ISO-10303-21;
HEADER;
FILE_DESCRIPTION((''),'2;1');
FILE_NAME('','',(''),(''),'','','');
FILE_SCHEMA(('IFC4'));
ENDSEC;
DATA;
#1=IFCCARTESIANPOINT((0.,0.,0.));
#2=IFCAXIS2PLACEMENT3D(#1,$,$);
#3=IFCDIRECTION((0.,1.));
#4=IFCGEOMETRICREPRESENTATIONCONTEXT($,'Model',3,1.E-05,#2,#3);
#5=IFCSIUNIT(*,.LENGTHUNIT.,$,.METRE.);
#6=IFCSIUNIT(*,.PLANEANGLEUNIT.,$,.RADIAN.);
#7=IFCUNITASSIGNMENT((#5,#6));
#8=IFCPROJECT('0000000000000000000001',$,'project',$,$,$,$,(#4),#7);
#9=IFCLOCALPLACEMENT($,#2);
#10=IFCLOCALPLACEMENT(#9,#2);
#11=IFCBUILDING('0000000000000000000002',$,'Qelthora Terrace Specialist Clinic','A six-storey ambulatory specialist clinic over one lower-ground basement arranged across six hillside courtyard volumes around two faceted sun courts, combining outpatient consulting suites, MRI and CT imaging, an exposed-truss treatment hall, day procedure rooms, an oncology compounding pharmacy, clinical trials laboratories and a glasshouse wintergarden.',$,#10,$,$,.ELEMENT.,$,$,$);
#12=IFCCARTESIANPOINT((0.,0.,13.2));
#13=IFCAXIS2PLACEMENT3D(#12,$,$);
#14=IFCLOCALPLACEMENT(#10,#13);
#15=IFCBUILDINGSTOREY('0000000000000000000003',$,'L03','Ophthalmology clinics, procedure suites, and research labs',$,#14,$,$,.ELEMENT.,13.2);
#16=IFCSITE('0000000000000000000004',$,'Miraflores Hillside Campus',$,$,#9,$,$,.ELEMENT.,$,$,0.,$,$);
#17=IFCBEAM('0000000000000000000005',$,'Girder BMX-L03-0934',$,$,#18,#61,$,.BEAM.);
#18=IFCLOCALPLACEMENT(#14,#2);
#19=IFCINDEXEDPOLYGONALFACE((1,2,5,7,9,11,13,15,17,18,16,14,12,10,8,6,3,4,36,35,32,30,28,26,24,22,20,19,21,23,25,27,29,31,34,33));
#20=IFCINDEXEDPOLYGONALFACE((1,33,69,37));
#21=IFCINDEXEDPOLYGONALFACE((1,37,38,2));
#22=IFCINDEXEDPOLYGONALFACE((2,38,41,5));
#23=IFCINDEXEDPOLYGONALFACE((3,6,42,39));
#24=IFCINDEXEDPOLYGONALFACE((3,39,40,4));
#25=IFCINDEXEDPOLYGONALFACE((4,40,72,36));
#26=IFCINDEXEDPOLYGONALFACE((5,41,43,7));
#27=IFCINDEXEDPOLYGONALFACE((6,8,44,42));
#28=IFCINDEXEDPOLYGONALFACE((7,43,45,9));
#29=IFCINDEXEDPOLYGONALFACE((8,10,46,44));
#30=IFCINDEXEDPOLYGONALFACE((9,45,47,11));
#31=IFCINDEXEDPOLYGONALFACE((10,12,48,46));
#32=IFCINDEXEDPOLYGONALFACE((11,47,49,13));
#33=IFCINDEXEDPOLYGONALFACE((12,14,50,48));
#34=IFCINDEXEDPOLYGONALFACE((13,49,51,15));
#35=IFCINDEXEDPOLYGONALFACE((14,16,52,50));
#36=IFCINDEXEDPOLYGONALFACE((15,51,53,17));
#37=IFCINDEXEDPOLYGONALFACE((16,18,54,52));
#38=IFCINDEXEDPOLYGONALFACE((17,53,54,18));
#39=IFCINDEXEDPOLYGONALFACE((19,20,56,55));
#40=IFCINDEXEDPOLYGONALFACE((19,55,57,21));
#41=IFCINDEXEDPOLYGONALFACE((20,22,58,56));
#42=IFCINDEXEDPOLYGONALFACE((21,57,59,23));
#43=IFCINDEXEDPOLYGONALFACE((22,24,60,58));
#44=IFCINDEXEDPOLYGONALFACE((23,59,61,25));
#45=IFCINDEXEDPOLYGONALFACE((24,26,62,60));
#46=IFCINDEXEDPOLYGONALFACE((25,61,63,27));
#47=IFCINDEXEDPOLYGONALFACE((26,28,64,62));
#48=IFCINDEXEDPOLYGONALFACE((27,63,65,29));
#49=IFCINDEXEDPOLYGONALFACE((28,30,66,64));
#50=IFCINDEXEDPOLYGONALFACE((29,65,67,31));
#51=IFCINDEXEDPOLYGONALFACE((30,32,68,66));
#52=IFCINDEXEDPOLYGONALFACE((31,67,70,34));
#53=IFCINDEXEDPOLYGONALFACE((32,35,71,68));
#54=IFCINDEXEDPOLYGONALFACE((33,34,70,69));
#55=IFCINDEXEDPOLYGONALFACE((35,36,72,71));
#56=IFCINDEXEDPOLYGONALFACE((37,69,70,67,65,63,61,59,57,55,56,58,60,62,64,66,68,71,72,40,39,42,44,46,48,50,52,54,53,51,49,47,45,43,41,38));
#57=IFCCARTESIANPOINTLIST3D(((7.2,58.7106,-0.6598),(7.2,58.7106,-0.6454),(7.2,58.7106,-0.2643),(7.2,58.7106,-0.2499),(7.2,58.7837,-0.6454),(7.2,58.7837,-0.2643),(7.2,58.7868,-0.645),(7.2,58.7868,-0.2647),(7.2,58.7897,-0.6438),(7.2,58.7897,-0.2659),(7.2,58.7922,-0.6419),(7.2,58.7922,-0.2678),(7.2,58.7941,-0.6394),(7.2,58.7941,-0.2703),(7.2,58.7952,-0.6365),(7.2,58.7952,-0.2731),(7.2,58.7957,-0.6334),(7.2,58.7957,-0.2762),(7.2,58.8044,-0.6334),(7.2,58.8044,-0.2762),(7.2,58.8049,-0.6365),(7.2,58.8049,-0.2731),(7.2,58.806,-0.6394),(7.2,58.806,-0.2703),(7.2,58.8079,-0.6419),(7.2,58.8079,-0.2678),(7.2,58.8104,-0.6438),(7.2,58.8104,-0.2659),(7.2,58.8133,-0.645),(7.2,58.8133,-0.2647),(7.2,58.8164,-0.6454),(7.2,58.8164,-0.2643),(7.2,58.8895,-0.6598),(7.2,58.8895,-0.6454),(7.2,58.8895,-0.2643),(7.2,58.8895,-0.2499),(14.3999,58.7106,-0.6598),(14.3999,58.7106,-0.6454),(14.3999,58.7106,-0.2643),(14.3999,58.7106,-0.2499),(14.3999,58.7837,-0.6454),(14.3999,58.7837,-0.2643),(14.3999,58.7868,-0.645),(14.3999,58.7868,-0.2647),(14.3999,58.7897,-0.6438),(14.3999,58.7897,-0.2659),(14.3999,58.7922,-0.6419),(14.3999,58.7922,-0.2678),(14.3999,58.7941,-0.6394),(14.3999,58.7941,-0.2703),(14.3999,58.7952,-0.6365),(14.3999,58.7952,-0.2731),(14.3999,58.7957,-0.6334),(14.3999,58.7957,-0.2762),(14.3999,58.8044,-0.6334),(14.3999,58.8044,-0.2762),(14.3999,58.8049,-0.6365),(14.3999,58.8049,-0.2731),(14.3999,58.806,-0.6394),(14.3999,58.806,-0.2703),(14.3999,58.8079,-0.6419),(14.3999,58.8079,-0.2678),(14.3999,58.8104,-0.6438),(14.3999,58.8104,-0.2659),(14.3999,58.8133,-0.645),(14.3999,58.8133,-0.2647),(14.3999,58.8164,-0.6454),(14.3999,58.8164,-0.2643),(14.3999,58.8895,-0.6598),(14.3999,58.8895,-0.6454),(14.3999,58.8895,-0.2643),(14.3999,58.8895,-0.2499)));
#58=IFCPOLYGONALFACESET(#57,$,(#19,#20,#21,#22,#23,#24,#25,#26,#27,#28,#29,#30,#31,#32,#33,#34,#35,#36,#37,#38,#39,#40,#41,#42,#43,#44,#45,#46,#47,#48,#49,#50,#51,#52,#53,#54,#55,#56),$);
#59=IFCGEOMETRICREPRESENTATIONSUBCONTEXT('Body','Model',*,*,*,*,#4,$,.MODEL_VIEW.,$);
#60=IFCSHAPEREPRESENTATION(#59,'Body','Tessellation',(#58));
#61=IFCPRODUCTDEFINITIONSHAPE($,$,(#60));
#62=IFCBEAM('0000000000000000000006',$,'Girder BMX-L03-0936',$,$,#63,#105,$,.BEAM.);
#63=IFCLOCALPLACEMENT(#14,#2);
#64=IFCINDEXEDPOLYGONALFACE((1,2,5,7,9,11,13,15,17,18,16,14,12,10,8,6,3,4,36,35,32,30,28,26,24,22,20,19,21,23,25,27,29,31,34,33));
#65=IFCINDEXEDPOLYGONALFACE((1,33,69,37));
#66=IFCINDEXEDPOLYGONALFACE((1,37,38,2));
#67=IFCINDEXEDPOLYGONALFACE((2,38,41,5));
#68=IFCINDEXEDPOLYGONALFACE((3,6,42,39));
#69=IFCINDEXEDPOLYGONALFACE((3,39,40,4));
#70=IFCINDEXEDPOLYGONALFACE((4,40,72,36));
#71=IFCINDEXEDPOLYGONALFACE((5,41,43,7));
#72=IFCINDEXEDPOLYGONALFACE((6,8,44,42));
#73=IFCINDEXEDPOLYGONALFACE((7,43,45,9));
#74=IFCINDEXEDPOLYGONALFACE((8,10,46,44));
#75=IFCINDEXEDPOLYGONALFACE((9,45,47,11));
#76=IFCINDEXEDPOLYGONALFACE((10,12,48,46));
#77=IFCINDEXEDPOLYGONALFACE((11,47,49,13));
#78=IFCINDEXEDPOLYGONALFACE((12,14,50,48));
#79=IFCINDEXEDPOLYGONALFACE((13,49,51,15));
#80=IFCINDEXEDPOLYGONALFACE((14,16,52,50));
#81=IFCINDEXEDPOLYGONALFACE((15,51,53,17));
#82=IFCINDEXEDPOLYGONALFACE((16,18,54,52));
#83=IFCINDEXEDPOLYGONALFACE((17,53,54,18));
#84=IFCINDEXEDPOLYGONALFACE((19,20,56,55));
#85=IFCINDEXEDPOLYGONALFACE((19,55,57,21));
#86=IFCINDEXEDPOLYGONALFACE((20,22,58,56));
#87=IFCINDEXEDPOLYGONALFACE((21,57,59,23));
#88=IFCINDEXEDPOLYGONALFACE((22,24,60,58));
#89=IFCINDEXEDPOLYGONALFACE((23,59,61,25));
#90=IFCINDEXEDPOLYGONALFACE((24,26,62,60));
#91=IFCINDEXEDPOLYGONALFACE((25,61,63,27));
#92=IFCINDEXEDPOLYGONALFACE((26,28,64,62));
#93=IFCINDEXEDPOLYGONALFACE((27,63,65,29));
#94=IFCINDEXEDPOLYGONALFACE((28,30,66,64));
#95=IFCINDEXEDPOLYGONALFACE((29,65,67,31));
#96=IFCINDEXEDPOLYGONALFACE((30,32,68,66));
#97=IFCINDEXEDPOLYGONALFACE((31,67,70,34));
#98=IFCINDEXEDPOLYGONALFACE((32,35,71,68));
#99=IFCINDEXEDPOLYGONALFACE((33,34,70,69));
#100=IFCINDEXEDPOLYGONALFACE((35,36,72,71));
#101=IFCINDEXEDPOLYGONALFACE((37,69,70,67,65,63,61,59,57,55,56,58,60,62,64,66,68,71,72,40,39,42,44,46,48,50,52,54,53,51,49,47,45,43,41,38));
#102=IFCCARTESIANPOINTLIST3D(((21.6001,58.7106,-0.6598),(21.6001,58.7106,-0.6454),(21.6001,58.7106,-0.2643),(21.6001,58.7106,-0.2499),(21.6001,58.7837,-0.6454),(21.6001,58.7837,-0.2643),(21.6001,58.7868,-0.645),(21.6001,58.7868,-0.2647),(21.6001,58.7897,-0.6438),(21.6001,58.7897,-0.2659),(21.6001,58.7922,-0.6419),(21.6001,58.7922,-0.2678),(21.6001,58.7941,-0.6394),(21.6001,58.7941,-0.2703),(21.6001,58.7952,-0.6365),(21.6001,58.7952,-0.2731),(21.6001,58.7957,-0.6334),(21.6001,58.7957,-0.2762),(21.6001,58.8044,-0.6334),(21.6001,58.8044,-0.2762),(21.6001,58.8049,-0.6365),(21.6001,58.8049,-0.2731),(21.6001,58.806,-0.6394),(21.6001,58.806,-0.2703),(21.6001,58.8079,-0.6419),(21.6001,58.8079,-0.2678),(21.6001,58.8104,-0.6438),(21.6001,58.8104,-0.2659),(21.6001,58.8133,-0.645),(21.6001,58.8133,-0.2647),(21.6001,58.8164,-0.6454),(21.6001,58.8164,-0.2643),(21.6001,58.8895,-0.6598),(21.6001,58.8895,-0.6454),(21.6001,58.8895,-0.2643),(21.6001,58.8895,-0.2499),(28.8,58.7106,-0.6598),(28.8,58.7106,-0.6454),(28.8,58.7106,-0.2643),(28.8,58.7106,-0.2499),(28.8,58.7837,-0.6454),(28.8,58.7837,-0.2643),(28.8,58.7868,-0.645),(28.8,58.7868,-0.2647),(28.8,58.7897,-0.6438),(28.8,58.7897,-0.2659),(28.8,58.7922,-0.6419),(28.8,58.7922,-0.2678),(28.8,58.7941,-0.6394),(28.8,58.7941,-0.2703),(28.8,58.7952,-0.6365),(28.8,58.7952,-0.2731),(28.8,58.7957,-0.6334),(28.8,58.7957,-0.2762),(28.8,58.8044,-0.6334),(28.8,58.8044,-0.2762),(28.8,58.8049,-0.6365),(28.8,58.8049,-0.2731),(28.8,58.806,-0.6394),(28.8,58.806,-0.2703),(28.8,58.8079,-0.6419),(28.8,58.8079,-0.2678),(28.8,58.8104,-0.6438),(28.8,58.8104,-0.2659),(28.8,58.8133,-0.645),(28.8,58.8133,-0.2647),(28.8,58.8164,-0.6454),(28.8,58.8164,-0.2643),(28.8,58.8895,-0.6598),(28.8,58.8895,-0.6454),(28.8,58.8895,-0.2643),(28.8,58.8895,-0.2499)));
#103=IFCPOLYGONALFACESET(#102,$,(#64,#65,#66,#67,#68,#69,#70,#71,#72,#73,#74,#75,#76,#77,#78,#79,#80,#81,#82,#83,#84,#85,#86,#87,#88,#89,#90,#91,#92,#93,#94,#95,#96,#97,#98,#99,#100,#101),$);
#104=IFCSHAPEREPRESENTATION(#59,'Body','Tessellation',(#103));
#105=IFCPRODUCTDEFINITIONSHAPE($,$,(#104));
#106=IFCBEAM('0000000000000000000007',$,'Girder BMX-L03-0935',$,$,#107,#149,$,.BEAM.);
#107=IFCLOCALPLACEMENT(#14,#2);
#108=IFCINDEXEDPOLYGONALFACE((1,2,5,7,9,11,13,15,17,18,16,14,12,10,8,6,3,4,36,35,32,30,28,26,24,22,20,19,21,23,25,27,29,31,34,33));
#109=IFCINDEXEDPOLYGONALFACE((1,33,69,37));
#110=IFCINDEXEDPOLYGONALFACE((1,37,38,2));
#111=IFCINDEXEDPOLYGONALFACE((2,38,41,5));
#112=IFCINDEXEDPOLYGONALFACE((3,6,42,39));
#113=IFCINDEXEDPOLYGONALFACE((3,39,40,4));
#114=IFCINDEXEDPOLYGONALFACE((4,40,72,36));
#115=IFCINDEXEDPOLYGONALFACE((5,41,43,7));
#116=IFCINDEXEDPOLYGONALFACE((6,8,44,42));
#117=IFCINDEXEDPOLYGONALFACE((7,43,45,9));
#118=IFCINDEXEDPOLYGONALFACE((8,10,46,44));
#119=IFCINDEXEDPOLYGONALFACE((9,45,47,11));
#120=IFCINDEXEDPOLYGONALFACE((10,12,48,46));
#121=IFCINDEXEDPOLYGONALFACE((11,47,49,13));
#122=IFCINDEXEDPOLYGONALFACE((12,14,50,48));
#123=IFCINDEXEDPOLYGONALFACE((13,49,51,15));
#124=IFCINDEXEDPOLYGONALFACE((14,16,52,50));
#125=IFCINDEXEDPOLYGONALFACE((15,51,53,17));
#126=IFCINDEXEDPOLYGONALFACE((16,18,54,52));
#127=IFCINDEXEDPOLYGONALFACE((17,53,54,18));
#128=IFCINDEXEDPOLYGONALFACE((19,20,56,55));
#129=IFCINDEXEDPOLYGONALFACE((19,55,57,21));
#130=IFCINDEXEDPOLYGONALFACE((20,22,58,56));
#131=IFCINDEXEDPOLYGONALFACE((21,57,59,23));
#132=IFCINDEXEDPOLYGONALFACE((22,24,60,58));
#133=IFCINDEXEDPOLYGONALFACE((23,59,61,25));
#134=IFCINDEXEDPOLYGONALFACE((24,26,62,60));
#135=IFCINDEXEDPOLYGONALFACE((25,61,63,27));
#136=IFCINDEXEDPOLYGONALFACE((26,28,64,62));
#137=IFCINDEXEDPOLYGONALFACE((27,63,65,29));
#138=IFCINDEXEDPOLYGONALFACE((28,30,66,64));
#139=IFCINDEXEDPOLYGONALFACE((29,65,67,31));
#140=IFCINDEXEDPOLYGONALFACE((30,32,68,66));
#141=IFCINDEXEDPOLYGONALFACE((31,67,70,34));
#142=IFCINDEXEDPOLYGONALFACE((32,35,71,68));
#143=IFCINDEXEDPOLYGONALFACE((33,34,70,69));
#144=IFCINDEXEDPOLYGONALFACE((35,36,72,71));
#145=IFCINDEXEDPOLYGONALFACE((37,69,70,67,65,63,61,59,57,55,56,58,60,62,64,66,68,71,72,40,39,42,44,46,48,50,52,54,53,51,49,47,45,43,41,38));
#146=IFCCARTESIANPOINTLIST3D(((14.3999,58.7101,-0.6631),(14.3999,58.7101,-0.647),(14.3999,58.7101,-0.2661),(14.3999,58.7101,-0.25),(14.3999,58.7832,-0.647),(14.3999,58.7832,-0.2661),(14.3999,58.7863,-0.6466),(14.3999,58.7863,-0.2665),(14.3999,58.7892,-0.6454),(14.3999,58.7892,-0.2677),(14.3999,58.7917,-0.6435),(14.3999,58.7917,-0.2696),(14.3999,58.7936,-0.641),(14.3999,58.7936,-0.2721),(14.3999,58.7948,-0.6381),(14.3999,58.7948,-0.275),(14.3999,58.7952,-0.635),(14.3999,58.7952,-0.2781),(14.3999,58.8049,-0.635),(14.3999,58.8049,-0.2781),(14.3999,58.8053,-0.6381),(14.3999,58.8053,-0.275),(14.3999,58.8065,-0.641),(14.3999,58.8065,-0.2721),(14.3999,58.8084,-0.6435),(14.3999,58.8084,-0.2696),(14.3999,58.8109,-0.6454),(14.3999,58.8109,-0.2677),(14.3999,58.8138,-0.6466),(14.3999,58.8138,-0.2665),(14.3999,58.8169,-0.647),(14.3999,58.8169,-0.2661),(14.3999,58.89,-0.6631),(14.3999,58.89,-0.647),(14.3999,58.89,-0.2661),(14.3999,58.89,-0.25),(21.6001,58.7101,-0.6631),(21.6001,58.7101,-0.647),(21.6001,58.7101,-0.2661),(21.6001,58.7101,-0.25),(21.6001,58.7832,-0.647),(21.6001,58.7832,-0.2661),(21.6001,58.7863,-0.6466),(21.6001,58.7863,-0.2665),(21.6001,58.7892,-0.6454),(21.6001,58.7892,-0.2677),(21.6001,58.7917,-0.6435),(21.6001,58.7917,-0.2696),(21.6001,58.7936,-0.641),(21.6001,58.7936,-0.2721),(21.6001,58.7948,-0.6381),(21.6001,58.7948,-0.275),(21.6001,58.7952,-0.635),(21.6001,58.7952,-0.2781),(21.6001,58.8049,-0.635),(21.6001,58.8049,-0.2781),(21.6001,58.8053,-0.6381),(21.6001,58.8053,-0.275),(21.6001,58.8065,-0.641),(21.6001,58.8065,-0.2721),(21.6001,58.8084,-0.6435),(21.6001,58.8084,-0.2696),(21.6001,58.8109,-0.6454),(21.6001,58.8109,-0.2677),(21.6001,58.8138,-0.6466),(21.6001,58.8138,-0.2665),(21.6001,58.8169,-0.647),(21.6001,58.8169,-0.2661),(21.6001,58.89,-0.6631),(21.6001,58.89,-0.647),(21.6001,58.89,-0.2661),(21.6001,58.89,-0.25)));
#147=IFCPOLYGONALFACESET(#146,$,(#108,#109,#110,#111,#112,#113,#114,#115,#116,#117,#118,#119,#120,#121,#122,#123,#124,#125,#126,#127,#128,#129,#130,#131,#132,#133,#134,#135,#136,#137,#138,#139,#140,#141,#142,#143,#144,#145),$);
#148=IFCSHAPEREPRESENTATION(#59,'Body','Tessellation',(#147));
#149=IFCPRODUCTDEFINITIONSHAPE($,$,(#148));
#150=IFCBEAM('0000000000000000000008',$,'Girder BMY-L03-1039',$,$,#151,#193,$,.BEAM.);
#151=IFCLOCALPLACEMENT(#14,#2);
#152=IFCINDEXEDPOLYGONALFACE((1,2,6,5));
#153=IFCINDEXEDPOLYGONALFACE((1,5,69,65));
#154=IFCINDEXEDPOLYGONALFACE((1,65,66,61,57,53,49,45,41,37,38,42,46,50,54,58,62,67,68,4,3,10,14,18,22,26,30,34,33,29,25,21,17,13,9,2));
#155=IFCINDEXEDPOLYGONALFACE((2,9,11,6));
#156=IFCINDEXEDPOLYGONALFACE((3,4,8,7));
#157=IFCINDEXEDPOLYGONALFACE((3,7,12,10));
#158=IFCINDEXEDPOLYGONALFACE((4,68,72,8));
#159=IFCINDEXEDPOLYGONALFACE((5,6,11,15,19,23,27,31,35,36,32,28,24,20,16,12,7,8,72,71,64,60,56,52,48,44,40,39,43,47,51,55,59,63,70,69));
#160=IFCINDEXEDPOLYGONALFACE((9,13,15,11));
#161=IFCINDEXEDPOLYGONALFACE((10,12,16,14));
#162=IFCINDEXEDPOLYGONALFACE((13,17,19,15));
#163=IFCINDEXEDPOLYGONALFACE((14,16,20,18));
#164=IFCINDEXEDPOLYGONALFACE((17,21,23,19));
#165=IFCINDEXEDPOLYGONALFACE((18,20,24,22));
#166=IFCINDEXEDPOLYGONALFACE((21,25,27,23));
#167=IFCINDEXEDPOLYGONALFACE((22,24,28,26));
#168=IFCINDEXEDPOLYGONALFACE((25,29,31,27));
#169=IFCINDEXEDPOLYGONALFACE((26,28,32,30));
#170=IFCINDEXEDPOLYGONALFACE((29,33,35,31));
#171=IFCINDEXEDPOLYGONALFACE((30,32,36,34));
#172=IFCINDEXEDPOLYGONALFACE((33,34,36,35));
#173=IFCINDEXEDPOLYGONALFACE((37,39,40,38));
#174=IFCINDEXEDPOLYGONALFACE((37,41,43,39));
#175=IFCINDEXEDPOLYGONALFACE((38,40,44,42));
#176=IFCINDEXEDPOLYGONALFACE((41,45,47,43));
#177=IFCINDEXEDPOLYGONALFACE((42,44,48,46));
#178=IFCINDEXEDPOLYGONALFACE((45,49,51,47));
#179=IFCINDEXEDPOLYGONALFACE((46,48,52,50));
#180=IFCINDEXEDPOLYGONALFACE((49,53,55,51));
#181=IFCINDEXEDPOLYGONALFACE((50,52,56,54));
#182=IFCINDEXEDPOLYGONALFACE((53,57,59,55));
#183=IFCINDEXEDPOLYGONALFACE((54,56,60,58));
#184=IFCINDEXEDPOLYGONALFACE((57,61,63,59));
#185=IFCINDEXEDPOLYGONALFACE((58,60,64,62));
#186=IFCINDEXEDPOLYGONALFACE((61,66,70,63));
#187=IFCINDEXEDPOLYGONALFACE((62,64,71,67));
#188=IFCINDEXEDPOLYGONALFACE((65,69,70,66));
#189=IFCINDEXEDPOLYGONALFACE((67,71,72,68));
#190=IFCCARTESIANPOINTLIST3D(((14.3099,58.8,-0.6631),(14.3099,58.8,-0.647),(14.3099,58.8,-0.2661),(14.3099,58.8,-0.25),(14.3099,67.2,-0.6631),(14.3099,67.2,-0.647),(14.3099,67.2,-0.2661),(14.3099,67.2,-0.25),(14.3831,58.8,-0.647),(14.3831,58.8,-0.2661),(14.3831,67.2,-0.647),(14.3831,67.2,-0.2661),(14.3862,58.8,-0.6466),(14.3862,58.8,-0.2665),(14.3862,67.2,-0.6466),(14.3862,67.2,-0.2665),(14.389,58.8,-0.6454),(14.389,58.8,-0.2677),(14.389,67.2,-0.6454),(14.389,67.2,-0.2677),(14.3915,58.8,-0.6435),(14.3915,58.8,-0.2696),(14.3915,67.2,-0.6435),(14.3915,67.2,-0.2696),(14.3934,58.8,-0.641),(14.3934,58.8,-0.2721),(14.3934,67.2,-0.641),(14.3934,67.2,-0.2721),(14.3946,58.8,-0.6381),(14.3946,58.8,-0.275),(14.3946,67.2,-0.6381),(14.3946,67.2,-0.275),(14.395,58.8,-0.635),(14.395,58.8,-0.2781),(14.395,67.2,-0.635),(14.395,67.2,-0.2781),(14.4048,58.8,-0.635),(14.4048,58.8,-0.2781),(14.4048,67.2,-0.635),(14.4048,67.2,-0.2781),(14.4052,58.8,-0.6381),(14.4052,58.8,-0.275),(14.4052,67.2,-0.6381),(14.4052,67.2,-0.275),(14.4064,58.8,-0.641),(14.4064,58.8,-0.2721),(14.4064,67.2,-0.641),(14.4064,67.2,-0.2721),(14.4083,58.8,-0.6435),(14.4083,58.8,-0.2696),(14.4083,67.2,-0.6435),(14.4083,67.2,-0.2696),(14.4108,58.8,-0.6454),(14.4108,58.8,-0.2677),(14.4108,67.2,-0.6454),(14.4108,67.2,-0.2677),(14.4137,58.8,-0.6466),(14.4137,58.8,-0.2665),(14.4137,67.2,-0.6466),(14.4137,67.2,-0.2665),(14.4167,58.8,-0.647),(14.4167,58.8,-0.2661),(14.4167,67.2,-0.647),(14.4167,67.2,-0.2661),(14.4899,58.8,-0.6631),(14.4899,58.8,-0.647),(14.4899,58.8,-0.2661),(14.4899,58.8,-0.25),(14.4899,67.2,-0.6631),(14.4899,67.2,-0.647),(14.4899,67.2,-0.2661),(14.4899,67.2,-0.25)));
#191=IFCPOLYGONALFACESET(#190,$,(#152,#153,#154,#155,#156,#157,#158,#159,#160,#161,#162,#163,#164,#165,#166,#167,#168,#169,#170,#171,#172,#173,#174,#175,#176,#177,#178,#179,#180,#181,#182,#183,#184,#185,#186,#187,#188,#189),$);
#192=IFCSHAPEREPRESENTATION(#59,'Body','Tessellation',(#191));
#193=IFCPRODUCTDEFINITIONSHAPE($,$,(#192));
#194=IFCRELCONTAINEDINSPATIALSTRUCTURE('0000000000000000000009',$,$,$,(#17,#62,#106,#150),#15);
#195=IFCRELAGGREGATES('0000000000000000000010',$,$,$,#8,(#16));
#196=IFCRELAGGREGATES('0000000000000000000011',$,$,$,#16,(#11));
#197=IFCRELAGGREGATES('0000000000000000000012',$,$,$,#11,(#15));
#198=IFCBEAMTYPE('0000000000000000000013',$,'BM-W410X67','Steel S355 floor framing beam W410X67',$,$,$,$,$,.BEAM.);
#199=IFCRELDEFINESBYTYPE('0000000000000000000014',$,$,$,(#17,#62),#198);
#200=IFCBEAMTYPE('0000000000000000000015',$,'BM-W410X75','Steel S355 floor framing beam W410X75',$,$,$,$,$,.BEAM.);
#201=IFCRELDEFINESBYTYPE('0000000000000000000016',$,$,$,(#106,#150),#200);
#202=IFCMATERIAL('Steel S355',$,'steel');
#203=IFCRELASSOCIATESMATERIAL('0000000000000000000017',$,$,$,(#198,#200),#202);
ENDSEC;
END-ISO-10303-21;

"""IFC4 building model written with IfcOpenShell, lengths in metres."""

from ifc_helpers import new_model, si_unit, direction, frame, origin, origin_2d, place, context, subcontext, project, spatial, i_section, extrude, material, material_profile, profile_set, type_object, element, save


model = new_model("IFC4")

# Units and contexts
model_context = context("Model", 3, precision=1e-05, world=origin(), true_north=direction((0.0, 1.0)))
body_context = subcontext(model_context, "Body", "Model", "MODEL_VIEW")
ifc_project = project(units=[si_unit("LENGTHUNIT", "METRE"), si_unit("PLANEANGLEUNIT", "RADIAN")], contexts=[model_context])

# Site, building, storey
site_placement = place(None, origin())
site = spatial("IfcSite", under=ifc_project, at=site_placement, Name="Miraflores Hillside Campus", CompositionType="ELEMENT", RefElevation=0.0)
building_placement = place(site_placement, origin())
building = spatial("IfcBuilding", under=site, at=building_placement, Name="Qelthora Terrace Specialist Clinic", Description="A six-storey ambulatory specialist clinic over one lower-ground basement arranged across six hillside courtyard volumes around two faceted sun courts, combining outpatient consulting suites, MRI and CT imaging, an exposed-truss treatment hall, day procedure rooms, an oncology compounding pharmacy, clinical trials laboratories and a glasshouse wintergarden.", CompositionType="ELEMENT")
storey_placement = place(building_placement, frame((0.0, 0.0, 13.2)))
storey = spatial("IfcBuildingStorey", under=building, at=storey_placement, Name="L03", Description="Ophthalmology clinics, procedure suites, and research labs", CompositionType="ELEMENT", Elevation=13.2)

# Shared definitions
ifc_material_1 = material(Name="Steel S355", Category="steel")

# Beams
ifc_material_profile_1 = material_profile(ifc_material_1, i_section(OverallWidth=0.179, OverallDepth=0.4099, WebThickness=0.0088, FlangeThickness=0.0144, FilletRadius=0.012, at=origin_2d()), Name="W410X67")
ifc_profile_set_1 = profile_set([ifc_material_profile_1], Name="Steel S355")
beam_type_1 = type_object("IfcBeamType", Name="BM-W410X67", Description="Steel S355 floor framing beam W410X67", PredefinedType="BEAM", material=ifc_profile_set_1)
for number, where, z_axis, x_axis, name in (
    (1, (7.2, 58.8, -0.4548), (1.0, 0.0, 0.0), (0.0, 1.0, 0.0), "Girder BMX-L03-0934"),
    (2, (21.6001, 58.8, -0.4548), (1.0, 0.0, 0.0), (0.0, 1.0, 0.0), "Girder BMX-L03-0936"),
):
    element("IfcBeam", number, at=place(storey_placement, frame(where, z_axis=z_axis, x_axis=x_axis)), inside=storey, type_object=beam_type_1, Name=name, PredefinedType="BEAM", context=body_context, shape_type="SweptSolid", body=[
        extrude(i_section(OverallWidth=0.179, OverallDepth=0.4099, WebThickness=0.0088, FlangeThickness=0.0144, FilletRadius=0.012, at=origin_2d()), origin(), (0.0, 0.0, 1.0), 7.2),
    ])
ifc_material_profile_2 = material_profile(ifc_material_1, i_section(OverallWidth=0.1799, OverallDepth=0.4131, WebThickness=0.0098, FlangeThickness=0.0161, FilletRadius=0.012, at=origin_2d()), Name="W410X75")
ifc_profile_set_2 = profile_set([ifc_material_profile_2], Name="Steel S355")
beam_type_2 = type_object("IfcBeamType", Name="BM-W410X75", Description="Steel S355 floor framing beam W410X75", PredefinedType="BEAM", material=ifc_profile_set_2)
beam_1_placement = place(storey_placement, frame((14.3999, 58.8, -0.4565), z_axis=(1.0, 0.0, 0.0), x_axis=(0.0, 1.0, 0.0)))
element("IfcBeam", 3, at=beam_1_placement, inside=storey, type_object=beam_type_2, Name="Girder BMX-L03-0935", PredefinedType="BEAM", context=body_context, shape_type="SweptSolid", body=[
    extrude(i_section(OverallWidth=0.1799, OverallDepth=0.4131, WebThickness=0.0098, FlangeThickness=0.0161, FilletRadius=0.012, at=origin_2d()), origin(), (0.0, 0.0, 1.0), 7.2002),
])
beam_2_placement = place(storey_placement, frame((14.3999, 58.8, -0.4565), z_axis=(0.0, 1.0, 0.0), x_axis=(-1.0, 0.0, 0.0)))
element("IfcBeam", 4, at=beam_2_placement, inside=storey, type_object=beam_type_2, Name="Girder BMY-L03-1039", PredefinedType="BEAM", context=body_context, shape_type="SweptSolid", body=[
    extrude(i_section(OverallWidth=0.1799, OverallDepth=0.4131, WebThickness=0.0098, FlangeThickness=0.0161, FilletRadius=0.012, at=origin_2d()), origin(), (0.0, 0.0, 1.0), 8.3999),
])

save(model, "model.ifc")
